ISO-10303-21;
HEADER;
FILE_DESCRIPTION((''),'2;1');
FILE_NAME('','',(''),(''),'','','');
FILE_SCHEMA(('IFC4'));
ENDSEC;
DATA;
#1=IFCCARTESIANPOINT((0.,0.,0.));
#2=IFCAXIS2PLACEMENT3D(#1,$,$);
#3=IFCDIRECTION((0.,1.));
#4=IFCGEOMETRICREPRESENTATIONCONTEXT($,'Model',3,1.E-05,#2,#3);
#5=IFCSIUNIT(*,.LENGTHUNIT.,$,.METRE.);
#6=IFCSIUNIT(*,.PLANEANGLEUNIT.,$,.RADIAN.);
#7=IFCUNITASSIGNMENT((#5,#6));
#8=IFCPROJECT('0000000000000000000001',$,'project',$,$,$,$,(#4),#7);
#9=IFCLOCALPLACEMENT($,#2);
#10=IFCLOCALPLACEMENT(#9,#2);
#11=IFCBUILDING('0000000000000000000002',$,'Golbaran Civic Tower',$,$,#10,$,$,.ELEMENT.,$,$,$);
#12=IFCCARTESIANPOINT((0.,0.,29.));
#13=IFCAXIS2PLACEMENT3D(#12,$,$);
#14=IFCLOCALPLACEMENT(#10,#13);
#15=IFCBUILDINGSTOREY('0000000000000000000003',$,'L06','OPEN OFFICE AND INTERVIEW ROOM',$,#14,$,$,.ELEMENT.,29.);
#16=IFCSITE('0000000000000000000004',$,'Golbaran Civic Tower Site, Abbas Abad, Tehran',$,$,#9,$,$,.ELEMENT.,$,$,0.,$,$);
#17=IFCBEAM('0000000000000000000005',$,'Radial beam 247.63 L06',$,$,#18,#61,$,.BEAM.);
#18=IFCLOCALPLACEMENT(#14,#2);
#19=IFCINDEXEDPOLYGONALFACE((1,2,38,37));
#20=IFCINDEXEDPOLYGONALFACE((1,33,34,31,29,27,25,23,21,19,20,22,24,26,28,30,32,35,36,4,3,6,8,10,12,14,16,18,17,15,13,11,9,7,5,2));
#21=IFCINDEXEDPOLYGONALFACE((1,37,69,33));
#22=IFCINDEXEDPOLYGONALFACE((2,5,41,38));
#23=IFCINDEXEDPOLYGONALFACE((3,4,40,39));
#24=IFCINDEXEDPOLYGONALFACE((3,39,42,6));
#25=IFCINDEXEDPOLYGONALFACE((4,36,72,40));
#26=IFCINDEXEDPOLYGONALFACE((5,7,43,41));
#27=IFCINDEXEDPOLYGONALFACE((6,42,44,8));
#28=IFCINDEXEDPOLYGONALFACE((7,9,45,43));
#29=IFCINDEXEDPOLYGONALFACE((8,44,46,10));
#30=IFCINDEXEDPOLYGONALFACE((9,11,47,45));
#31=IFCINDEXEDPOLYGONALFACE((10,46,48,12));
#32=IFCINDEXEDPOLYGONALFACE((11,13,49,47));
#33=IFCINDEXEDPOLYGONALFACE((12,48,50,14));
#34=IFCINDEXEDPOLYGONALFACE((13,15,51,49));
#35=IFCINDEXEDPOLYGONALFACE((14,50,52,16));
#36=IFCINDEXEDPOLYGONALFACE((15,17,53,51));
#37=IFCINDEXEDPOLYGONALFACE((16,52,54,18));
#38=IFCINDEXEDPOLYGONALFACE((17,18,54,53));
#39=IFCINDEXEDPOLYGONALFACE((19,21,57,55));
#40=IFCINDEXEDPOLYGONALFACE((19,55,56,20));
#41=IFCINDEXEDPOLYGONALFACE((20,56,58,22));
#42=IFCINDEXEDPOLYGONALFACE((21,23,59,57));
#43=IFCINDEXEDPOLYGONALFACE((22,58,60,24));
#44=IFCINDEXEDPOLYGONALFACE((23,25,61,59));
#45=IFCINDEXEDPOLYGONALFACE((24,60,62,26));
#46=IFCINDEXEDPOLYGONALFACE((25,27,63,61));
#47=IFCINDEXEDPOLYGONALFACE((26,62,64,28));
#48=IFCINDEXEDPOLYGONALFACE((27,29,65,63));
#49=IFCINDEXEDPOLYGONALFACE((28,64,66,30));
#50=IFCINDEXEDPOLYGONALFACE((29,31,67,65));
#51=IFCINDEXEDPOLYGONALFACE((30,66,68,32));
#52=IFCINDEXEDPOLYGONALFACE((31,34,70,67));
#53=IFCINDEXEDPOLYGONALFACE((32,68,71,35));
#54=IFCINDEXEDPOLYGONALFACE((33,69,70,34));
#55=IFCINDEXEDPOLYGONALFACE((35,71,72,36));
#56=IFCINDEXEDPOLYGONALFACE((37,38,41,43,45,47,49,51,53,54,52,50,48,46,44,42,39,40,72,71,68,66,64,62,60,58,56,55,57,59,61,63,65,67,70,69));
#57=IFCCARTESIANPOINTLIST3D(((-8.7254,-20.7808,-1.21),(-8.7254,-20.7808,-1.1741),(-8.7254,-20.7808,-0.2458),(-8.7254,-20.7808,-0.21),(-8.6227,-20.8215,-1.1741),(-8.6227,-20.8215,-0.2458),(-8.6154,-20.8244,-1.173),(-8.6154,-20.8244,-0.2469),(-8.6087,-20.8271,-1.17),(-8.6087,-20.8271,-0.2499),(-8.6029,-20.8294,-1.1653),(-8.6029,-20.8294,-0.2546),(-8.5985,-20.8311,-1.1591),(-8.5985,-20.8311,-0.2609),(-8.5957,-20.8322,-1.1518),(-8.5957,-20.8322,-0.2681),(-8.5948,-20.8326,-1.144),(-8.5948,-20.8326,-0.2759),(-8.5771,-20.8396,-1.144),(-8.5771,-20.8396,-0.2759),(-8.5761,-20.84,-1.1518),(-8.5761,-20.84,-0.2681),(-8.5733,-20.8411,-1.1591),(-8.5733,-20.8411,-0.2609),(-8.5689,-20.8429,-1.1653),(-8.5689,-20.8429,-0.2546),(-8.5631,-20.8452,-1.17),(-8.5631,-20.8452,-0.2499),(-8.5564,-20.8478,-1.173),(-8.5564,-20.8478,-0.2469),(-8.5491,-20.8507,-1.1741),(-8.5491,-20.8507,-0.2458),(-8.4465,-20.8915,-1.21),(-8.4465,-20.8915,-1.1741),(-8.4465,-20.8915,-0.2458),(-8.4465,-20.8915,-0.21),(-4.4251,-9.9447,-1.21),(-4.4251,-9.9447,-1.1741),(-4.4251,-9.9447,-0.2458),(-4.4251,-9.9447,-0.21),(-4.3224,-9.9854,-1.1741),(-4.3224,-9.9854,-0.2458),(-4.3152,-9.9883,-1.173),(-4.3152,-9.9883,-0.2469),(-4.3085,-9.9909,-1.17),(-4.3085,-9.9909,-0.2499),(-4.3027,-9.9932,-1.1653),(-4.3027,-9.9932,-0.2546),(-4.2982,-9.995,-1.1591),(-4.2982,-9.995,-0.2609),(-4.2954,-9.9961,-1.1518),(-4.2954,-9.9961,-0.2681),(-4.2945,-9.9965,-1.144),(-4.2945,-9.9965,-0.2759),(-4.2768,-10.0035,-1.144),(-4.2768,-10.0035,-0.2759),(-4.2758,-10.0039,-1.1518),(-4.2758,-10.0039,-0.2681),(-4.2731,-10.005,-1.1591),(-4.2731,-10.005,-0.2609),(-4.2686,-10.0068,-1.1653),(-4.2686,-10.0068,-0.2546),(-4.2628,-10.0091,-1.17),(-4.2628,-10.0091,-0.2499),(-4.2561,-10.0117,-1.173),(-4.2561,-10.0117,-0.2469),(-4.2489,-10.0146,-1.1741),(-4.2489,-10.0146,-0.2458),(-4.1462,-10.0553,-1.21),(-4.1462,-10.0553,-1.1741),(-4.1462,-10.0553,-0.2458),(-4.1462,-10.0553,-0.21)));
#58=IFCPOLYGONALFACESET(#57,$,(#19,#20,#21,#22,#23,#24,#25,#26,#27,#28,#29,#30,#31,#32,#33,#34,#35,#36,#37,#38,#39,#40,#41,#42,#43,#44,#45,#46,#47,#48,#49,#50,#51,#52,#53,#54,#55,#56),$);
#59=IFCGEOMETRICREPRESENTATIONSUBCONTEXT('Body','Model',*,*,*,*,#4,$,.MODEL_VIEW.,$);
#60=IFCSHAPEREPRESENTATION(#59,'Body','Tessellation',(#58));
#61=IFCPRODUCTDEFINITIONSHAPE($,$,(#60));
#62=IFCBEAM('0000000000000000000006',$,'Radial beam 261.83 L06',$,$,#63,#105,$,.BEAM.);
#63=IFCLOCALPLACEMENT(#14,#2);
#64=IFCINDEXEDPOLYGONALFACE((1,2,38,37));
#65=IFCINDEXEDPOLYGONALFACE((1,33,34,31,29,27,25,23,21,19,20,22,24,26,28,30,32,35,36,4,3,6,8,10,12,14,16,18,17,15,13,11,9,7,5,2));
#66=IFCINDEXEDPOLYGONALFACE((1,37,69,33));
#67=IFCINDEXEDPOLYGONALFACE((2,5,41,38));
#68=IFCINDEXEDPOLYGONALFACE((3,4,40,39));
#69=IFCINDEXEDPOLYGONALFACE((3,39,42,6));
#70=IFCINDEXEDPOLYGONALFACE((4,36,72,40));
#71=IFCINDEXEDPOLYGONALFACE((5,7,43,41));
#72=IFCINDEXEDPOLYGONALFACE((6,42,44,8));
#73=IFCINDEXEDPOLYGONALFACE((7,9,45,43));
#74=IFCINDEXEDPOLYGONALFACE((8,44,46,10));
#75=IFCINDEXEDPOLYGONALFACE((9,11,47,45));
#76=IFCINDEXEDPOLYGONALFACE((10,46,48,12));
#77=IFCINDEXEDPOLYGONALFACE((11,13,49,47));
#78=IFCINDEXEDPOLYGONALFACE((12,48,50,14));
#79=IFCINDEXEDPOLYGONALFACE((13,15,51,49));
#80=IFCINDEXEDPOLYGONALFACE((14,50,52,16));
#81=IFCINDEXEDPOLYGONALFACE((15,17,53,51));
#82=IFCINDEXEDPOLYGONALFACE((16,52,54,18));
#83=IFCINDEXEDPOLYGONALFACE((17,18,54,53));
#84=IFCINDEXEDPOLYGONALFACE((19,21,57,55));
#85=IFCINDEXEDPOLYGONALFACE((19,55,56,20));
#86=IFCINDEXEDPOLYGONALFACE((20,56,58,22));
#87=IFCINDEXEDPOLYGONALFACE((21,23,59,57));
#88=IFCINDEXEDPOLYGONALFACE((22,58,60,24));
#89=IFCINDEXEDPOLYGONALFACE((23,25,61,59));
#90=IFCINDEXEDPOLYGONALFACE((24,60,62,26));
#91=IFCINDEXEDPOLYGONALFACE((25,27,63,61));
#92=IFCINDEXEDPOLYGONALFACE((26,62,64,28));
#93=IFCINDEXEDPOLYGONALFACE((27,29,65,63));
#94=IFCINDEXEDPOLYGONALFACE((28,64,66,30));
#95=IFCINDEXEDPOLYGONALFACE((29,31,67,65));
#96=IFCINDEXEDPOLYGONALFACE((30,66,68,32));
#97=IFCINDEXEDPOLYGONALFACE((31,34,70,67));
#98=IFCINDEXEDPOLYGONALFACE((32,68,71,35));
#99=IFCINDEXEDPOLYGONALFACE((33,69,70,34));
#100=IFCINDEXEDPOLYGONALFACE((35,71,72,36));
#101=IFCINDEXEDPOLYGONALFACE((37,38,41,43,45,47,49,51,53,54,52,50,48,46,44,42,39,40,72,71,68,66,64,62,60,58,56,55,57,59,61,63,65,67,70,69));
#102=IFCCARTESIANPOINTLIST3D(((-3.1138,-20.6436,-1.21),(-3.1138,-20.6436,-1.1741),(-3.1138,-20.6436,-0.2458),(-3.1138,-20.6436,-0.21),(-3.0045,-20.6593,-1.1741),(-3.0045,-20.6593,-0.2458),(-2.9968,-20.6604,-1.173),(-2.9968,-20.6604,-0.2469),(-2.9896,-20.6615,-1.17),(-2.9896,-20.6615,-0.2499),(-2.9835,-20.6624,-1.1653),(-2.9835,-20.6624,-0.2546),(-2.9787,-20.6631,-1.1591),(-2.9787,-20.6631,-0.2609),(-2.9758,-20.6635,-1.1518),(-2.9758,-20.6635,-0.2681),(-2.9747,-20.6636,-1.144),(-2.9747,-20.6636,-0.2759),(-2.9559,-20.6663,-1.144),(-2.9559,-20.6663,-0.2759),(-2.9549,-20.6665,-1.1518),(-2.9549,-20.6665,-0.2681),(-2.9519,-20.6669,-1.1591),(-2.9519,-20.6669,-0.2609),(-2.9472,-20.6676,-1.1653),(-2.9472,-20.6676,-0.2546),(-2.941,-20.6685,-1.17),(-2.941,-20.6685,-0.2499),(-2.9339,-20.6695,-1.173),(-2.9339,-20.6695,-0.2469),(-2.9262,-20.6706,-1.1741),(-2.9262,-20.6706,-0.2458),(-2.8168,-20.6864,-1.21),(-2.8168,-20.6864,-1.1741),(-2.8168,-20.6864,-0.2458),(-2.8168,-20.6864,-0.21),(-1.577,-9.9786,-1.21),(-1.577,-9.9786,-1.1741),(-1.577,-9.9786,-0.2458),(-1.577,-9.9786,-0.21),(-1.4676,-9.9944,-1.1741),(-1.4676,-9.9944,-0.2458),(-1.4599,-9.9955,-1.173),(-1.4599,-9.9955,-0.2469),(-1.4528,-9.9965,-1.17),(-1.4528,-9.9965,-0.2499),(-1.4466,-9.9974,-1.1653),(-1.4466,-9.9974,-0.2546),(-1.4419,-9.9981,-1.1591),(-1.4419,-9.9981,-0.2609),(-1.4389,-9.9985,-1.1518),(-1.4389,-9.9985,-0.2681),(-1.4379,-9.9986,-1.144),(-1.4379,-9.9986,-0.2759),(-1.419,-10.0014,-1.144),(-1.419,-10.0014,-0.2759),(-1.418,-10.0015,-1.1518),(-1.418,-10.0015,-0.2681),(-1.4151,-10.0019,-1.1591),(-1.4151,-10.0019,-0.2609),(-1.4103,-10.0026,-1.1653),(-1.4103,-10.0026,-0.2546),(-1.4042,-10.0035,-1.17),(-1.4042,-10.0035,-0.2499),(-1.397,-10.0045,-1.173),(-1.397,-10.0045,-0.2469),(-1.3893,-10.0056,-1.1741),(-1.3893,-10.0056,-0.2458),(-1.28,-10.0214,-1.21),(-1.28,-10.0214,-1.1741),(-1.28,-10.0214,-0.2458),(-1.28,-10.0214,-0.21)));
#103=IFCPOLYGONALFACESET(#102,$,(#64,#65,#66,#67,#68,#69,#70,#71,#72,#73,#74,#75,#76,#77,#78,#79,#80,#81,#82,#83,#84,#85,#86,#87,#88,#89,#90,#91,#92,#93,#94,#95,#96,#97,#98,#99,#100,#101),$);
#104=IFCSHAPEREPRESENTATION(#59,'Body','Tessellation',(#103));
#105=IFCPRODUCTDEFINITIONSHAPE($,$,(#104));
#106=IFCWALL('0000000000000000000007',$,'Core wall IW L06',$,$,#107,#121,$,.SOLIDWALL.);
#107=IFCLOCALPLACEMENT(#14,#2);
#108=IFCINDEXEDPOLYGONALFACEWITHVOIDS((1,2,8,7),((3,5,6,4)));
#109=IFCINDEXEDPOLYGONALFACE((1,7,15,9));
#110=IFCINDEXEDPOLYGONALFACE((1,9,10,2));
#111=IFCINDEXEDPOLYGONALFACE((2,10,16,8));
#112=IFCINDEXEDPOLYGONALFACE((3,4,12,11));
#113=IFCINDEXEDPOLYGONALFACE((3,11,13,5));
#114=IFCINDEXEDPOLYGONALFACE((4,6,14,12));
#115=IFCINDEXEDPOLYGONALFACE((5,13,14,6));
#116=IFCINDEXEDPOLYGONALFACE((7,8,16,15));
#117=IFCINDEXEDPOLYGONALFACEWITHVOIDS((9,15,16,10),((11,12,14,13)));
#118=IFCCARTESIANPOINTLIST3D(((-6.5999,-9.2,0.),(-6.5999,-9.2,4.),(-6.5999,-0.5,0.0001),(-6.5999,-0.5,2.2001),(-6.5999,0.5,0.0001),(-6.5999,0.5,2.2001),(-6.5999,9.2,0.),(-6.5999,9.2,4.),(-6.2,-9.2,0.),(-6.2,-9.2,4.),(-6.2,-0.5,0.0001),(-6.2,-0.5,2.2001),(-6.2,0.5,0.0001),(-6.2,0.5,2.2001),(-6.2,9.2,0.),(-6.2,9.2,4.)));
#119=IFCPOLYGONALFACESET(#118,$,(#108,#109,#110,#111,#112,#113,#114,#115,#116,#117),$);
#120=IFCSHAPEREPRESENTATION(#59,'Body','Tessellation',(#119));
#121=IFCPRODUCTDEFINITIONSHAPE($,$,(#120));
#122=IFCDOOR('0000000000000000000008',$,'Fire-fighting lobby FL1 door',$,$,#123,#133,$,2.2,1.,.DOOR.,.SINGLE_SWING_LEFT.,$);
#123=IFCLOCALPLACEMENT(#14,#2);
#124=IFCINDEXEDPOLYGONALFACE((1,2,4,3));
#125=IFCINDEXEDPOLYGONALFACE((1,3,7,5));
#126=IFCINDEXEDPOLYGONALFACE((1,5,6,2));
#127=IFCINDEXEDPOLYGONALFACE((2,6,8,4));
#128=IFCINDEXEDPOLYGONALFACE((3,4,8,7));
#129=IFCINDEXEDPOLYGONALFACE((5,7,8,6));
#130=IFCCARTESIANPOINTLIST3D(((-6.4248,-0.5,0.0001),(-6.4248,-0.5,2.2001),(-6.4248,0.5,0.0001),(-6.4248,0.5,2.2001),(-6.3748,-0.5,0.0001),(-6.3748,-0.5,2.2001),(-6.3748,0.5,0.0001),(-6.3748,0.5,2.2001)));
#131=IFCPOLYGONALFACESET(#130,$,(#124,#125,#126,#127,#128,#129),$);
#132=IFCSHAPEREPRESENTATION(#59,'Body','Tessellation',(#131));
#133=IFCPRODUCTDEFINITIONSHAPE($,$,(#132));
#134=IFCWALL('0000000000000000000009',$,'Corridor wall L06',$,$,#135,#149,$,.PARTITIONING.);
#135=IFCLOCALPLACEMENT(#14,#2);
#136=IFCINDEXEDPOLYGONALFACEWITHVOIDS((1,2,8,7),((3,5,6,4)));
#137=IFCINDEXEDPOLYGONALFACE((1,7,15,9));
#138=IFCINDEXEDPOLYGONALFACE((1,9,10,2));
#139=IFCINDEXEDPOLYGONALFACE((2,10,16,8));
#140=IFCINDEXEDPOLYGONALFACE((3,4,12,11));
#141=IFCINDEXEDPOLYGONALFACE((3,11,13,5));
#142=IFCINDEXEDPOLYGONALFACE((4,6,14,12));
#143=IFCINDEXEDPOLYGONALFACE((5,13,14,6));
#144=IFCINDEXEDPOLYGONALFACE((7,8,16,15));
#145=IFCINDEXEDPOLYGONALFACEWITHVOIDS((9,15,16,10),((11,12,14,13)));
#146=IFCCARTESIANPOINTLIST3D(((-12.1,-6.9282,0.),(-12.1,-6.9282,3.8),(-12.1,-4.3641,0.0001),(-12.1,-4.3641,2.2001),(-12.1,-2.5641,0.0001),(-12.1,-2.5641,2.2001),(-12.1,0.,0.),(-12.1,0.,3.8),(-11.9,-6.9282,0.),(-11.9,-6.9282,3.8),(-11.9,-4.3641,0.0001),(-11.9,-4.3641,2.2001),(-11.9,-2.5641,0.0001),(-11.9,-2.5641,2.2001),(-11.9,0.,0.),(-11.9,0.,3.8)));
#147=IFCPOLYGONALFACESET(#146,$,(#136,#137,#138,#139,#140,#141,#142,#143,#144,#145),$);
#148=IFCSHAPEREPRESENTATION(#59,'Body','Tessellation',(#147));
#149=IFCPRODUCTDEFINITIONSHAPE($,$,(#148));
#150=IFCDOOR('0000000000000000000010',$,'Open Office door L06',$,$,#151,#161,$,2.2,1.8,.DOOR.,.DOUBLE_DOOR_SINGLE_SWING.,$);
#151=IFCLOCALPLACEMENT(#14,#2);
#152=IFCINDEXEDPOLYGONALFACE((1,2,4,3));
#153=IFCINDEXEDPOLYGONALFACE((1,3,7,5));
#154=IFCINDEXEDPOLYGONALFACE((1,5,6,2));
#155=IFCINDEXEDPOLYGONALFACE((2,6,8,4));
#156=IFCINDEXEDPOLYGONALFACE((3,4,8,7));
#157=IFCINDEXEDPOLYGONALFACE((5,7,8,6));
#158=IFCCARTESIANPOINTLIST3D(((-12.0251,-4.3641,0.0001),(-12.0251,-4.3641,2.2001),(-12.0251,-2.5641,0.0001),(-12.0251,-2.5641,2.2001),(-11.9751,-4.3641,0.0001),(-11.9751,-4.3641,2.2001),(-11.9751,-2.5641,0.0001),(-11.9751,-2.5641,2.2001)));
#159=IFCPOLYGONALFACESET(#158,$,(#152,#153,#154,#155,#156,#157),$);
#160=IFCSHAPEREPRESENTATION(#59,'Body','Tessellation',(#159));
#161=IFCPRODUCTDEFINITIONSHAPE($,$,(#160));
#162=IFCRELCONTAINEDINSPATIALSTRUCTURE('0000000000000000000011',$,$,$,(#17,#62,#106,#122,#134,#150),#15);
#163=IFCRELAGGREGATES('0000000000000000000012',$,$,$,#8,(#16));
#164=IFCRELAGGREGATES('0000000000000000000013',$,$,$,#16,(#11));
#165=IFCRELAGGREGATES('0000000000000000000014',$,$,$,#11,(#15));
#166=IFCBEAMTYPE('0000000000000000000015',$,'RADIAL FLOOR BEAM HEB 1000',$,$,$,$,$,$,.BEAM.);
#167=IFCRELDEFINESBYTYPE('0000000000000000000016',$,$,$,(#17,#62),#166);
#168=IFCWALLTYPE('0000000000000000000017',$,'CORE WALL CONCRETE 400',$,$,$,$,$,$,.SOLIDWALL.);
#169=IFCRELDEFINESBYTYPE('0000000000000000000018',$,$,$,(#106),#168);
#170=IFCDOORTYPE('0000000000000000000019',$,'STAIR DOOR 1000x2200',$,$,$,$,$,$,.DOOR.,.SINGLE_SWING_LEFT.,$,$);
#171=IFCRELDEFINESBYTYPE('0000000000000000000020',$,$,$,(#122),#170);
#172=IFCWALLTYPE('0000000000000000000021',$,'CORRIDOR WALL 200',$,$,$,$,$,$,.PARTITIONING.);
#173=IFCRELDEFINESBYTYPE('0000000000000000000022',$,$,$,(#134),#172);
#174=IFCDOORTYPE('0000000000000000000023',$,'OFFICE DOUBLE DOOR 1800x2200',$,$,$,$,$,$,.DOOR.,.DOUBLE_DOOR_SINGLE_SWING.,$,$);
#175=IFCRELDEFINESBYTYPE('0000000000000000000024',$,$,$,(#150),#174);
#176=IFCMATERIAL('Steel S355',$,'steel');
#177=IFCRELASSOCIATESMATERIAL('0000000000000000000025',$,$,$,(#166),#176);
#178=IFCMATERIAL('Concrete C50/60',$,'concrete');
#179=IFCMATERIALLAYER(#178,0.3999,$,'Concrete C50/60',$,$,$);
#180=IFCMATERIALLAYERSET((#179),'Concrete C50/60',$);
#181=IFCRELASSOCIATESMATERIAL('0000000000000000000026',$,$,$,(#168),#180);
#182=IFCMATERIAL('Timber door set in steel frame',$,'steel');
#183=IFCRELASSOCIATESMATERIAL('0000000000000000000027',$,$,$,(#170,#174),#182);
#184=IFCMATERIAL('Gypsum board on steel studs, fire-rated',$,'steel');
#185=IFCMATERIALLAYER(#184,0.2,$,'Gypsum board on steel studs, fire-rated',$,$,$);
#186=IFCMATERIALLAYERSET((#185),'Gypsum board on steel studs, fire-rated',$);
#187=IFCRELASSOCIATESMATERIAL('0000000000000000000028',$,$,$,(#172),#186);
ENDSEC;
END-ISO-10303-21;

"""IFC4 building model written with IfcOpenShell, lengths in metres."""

from ifc_helpers import new_model, si_unit, direction, frame, frame_2d, origin, origin_2d, place, context, subcontext, project, spatial, rectangle, i_section, extrude, material, layer, layer_set, material_profile, profile_set, type_object, element, fill, save


model = new_model("IFC4")

# Units and contexts
model_context = context("Model", 3, precision=1e-05, world=origin(), true_north=direction((0.0, 1.0)))
body_context = subcontext(model_context, "Body", "Model", "MODEL_VIEW")
ifc_project = project(units=[si_unit("LENGTHUNIT", "METRE"), si_unit("PLANEANGLEUNIT", "RADIAN")], contexts=[model_context])

# Site, building, storey
site_placement = place(None, origin())
site = spatial("IfcSite", under=ifc_project, at=site_placement, Name="Golbaran Civic Tower Site, Abbas Abad, Tehran", CompositionType="ELEMENT", RefElevation=0.0)
building_placement = place(site_placement, origin())
building = spatial("IfcBuilding", under=site, at=building_placement, Name="Golbaran Civic Tower", CompositionType="ELEMENT")
storey_placement = place(building_placement, frame((0.0, 0.0, 29.0)))
storey = spatial("IfcBuildingStorey", under=building, at=storey_placement, Name="L06", Description="OPEN OFFICE AND INTERVIEW ROOM", CompositionType="ELEMENT", Elevation=29.0)

# Beams
ifc_material_1 = material(Name="Steel S355", Category="steel")
ifc_material_profile_1 = material_profile(ifc_material_1, i_section(OverallWidth=0.3, OverallDepth=1.0, WebThickness=0.019, FlangeThickness=0.0359, FilletRadius=0.03, at=origin_2d()), Name="HEB 1000")
ifc_profile_set_1 = profile_set([ifc_material_profile_1], Name="Steel S355")
beam_type_1 = type_object("IfcBeamType", Name="RADIAL FLOOR BEAM HEB 1000", PredefinedType="BEAM", material=ifc_profile_set_1)
beam_1_placement = place(storey_placement, frame((-4.2856, -10.0, -0.71), z_axis=(-0.368862, -0.929484, 0.0), x_axis=(0.929484, -0.368862, 0.0)))
element("IfcBeam", 1, at=beam_1_placement, inside=storey, type_object=beam_type_1, Name="Radial beam 247.63 L06", PredefinedType="BEAM", context=body_context, shape_type="SweptSolid", body=[
    extrude(i_section(OverallWidth=0.3, OverallDepth=1.0, WebThickness=0.019, FlangeThickness=0.0359, FilletRadius=0.03, at=origin_2d()), origin(), (0.0, 0.0, 1.0), 11.6582),
])
beam_2_placement = place(storey_placement, frame((-1.4285, -10.0, -0.71), z_axis=(-0.14263, -0.989776, 0.0), x_axis=(0.989776, -0.14263, 0.0)))
element("IfcBeam", 2, at=beam_2_placement, inside=storey, type_object=beam_type_1, Name="Radial beam 261.83 L06", PredefinedType="BEAM", context=body_context, shape_type="SweptSolid", body=[
    extrude(i_section(OverallWidth=0.3, OverallDepth=1.0, WebThickness=0.019, FlangeThickness=0.0359, FilletRadius=0.03, at=origin_2d()), origin(), (0.0, 0.0, 1.0), 10.7751),
])

# Walls, openings, doors
ifc_material_2 = material(Name="Concrete C50/60", Category="concrete")
ifc_layer_1 = layer(ifc_material_2, 0.3999, Name="Concrete C50/60")
ifc_layer_set_1 = layer_set([ifc_layer_1], Name="Concrete C50/60")
wall_type_1 = type_object("IfcWallType", Name="CORE WALL CONCRETE 400", PredefinedType="SOLIDWALL", material=ifc_layer_set_1)
wall_1_placement = place(storey_placement, frame((-6.3999, -9.2, 0.0), z_axis=(0.0, 0.0, 1.0), x_axis=(0.0, 1.0, 0.0)))
wall_1 = element("IfcWall", 3, at=wall_1_placement, inside=storey, type_object=wall_type_1, Name="Core wall IW L06", PredefinedType="SOLIDWALL", context=body_context, shape_type="SweptSolid", body=[
    extrude(rectangle(XDim=18.3999, YDim=0.3999, at=frame_2d((9.2, 0.0))), origin(), (0.0, 0.0, 1.0), 4.0),
])
opening_1_placement = place(wall_1_placement, frame((8.7, 0.0, 0.0)))
opening_1 = element("IfcOpeningElement", 4, at=opening_1_placement, cuts=wall_1, PredefinedType="OPENING", context=body_context, shape_type="SweptSolid", body=[
    extrude(rectangle(XDim=1.0, YDim=2.2, at=frame_2d((0.5, 1.1001))), frame((0.0, 0.21, 0.0), z_axis=(0.0, -1.0, 0.0), x_axis=(1.0, 0.0, 0.0)), (0.0, 0.0, 1.0), 0.4199),
])
ifc_material_3 = material(Name="Timber door set in steel frame", Category="steel")
door_type_1 = type_object("IfcDoorType", Name="STAIR DOOR 1000x2200", OperationType="SINGLE_SWING_LEFT", PredefinedType="DOOR", material=ifc_material_3)
door_1_placement = place(opening_1_placement, origin())
door_1 = element("IfcDoor", 5, at=door_1_placement, inside=storey, type_object=door_type_1, Name="Fire-fighting lobby FL1 door", OperationType="SINGLE_SWING_LEFT", OverallHeight=2.2, OverallWidth=1.0, PredefinedType="DOOR", context=body_context, shape_type="SweptSolid", body=[
    extrude(rectangle(XDim=1.0, YDim=2.2, at=frame_2d((0.5, 1.1001))), frame((0.0, 0.0249, 0.0), z_axis=(0.0, -1.0, 0.0), x_axis=(1.0, 0.0, 0.0)), (0.0, 0.0, 1.0), 0.05),
])
fill(opening_1, door_1)
ifc_material_4 = material(Name="Gypsum board on steel studs, fire-rated", Category="steel")
ifc_layer_2 = layer(ifc_material_4, 0.2, Name="Gypsum board on steel studs, fire-rated")
ifc_layer_set_2 = layer_set([ifc_layer_2], Name="Gypsum board on steel studs, fire-rated")
wall_type_2 = type_object("IfcWallType", Name="CORRIDOR WALL 200", PredefinedType="PARTITIONING", material=ifc_layer_set_2)
wall_2_placement = place(storey_placement, frame((-12.0, 0.0, 0.0), z_axis=(0.0, 0.0, 1.0), x_axis=(0.0, -1.0, 0.0)))
wall_2 = element("IfcWall", 6, at=wall_2_placement, inside=storey, type_object=wall_type_2, Name="Corridor wall L06", PredefinedType="PARTITIONING", context=body_context, shape_type="SweptSolid", body=[
    extrude(rectangle(XDim=6.9282, YDim=0.2, at=frame_2d((3.4641, 0.0))), origin(), (0.0, 0.0, 1.0), 3.8),
])
opening_2_placement = place(wall_2_placement, frame((2.5642, 0.0, 0.0)))
opening_2 = element("IfcOpeningElement", 7, at=opening_2_placement, cuts=wall_2, PredefinedType="OPENING", context=body_context, shape_type="SweptSolid", body=[
    extrude(rectangle(XDim=1.8, YDim=2.2, at=frame_2d((0.8999, 1.1001))), frame((0.0, 0.1099, 0.0), z_axis=(0.0, -1.0, 0.0), x_axis=(1.0, 0.0, 0.0)), (0.0, 0.0, 1.0), 0.22),
])
door_type_2 = type_object("IfcDoorType", Name="OFFICE DOUBLE DOOR 1800x2200", OperationType="DOUBLE_DOOR_SINGLE_SWING", PredefinedType="DOOR", material=ifc_material_3)
door_2_placement = place(opening_2_placement, origin())
door_2 = element("IfcDoor", 8, at=door_2_placement, inside=storey, type_object=door_type_2, Name="Open Office door L06", OperationType="DOUBLE_DOOR_SINGLE_SWING", OverallHeight=2.2, OverallWidth=1.8, PredefinedType="DOOR", context=body_context, shape_type="SweptSolid", body=[
    extrude(rectangle(XDim=1.8, YDim=2.2, at=frame_2d((0.8999, 1.1001))), frame((0.0, 0.0249, 0.0), z_axis=(0.0, -1.0, 0.0), x_axis=(1.0, 0.0, 0.0)), (0.0, 0.0, 1.0), 0.05),
])
fill(opening_2, door_2)

save(model, "model.ifc")
